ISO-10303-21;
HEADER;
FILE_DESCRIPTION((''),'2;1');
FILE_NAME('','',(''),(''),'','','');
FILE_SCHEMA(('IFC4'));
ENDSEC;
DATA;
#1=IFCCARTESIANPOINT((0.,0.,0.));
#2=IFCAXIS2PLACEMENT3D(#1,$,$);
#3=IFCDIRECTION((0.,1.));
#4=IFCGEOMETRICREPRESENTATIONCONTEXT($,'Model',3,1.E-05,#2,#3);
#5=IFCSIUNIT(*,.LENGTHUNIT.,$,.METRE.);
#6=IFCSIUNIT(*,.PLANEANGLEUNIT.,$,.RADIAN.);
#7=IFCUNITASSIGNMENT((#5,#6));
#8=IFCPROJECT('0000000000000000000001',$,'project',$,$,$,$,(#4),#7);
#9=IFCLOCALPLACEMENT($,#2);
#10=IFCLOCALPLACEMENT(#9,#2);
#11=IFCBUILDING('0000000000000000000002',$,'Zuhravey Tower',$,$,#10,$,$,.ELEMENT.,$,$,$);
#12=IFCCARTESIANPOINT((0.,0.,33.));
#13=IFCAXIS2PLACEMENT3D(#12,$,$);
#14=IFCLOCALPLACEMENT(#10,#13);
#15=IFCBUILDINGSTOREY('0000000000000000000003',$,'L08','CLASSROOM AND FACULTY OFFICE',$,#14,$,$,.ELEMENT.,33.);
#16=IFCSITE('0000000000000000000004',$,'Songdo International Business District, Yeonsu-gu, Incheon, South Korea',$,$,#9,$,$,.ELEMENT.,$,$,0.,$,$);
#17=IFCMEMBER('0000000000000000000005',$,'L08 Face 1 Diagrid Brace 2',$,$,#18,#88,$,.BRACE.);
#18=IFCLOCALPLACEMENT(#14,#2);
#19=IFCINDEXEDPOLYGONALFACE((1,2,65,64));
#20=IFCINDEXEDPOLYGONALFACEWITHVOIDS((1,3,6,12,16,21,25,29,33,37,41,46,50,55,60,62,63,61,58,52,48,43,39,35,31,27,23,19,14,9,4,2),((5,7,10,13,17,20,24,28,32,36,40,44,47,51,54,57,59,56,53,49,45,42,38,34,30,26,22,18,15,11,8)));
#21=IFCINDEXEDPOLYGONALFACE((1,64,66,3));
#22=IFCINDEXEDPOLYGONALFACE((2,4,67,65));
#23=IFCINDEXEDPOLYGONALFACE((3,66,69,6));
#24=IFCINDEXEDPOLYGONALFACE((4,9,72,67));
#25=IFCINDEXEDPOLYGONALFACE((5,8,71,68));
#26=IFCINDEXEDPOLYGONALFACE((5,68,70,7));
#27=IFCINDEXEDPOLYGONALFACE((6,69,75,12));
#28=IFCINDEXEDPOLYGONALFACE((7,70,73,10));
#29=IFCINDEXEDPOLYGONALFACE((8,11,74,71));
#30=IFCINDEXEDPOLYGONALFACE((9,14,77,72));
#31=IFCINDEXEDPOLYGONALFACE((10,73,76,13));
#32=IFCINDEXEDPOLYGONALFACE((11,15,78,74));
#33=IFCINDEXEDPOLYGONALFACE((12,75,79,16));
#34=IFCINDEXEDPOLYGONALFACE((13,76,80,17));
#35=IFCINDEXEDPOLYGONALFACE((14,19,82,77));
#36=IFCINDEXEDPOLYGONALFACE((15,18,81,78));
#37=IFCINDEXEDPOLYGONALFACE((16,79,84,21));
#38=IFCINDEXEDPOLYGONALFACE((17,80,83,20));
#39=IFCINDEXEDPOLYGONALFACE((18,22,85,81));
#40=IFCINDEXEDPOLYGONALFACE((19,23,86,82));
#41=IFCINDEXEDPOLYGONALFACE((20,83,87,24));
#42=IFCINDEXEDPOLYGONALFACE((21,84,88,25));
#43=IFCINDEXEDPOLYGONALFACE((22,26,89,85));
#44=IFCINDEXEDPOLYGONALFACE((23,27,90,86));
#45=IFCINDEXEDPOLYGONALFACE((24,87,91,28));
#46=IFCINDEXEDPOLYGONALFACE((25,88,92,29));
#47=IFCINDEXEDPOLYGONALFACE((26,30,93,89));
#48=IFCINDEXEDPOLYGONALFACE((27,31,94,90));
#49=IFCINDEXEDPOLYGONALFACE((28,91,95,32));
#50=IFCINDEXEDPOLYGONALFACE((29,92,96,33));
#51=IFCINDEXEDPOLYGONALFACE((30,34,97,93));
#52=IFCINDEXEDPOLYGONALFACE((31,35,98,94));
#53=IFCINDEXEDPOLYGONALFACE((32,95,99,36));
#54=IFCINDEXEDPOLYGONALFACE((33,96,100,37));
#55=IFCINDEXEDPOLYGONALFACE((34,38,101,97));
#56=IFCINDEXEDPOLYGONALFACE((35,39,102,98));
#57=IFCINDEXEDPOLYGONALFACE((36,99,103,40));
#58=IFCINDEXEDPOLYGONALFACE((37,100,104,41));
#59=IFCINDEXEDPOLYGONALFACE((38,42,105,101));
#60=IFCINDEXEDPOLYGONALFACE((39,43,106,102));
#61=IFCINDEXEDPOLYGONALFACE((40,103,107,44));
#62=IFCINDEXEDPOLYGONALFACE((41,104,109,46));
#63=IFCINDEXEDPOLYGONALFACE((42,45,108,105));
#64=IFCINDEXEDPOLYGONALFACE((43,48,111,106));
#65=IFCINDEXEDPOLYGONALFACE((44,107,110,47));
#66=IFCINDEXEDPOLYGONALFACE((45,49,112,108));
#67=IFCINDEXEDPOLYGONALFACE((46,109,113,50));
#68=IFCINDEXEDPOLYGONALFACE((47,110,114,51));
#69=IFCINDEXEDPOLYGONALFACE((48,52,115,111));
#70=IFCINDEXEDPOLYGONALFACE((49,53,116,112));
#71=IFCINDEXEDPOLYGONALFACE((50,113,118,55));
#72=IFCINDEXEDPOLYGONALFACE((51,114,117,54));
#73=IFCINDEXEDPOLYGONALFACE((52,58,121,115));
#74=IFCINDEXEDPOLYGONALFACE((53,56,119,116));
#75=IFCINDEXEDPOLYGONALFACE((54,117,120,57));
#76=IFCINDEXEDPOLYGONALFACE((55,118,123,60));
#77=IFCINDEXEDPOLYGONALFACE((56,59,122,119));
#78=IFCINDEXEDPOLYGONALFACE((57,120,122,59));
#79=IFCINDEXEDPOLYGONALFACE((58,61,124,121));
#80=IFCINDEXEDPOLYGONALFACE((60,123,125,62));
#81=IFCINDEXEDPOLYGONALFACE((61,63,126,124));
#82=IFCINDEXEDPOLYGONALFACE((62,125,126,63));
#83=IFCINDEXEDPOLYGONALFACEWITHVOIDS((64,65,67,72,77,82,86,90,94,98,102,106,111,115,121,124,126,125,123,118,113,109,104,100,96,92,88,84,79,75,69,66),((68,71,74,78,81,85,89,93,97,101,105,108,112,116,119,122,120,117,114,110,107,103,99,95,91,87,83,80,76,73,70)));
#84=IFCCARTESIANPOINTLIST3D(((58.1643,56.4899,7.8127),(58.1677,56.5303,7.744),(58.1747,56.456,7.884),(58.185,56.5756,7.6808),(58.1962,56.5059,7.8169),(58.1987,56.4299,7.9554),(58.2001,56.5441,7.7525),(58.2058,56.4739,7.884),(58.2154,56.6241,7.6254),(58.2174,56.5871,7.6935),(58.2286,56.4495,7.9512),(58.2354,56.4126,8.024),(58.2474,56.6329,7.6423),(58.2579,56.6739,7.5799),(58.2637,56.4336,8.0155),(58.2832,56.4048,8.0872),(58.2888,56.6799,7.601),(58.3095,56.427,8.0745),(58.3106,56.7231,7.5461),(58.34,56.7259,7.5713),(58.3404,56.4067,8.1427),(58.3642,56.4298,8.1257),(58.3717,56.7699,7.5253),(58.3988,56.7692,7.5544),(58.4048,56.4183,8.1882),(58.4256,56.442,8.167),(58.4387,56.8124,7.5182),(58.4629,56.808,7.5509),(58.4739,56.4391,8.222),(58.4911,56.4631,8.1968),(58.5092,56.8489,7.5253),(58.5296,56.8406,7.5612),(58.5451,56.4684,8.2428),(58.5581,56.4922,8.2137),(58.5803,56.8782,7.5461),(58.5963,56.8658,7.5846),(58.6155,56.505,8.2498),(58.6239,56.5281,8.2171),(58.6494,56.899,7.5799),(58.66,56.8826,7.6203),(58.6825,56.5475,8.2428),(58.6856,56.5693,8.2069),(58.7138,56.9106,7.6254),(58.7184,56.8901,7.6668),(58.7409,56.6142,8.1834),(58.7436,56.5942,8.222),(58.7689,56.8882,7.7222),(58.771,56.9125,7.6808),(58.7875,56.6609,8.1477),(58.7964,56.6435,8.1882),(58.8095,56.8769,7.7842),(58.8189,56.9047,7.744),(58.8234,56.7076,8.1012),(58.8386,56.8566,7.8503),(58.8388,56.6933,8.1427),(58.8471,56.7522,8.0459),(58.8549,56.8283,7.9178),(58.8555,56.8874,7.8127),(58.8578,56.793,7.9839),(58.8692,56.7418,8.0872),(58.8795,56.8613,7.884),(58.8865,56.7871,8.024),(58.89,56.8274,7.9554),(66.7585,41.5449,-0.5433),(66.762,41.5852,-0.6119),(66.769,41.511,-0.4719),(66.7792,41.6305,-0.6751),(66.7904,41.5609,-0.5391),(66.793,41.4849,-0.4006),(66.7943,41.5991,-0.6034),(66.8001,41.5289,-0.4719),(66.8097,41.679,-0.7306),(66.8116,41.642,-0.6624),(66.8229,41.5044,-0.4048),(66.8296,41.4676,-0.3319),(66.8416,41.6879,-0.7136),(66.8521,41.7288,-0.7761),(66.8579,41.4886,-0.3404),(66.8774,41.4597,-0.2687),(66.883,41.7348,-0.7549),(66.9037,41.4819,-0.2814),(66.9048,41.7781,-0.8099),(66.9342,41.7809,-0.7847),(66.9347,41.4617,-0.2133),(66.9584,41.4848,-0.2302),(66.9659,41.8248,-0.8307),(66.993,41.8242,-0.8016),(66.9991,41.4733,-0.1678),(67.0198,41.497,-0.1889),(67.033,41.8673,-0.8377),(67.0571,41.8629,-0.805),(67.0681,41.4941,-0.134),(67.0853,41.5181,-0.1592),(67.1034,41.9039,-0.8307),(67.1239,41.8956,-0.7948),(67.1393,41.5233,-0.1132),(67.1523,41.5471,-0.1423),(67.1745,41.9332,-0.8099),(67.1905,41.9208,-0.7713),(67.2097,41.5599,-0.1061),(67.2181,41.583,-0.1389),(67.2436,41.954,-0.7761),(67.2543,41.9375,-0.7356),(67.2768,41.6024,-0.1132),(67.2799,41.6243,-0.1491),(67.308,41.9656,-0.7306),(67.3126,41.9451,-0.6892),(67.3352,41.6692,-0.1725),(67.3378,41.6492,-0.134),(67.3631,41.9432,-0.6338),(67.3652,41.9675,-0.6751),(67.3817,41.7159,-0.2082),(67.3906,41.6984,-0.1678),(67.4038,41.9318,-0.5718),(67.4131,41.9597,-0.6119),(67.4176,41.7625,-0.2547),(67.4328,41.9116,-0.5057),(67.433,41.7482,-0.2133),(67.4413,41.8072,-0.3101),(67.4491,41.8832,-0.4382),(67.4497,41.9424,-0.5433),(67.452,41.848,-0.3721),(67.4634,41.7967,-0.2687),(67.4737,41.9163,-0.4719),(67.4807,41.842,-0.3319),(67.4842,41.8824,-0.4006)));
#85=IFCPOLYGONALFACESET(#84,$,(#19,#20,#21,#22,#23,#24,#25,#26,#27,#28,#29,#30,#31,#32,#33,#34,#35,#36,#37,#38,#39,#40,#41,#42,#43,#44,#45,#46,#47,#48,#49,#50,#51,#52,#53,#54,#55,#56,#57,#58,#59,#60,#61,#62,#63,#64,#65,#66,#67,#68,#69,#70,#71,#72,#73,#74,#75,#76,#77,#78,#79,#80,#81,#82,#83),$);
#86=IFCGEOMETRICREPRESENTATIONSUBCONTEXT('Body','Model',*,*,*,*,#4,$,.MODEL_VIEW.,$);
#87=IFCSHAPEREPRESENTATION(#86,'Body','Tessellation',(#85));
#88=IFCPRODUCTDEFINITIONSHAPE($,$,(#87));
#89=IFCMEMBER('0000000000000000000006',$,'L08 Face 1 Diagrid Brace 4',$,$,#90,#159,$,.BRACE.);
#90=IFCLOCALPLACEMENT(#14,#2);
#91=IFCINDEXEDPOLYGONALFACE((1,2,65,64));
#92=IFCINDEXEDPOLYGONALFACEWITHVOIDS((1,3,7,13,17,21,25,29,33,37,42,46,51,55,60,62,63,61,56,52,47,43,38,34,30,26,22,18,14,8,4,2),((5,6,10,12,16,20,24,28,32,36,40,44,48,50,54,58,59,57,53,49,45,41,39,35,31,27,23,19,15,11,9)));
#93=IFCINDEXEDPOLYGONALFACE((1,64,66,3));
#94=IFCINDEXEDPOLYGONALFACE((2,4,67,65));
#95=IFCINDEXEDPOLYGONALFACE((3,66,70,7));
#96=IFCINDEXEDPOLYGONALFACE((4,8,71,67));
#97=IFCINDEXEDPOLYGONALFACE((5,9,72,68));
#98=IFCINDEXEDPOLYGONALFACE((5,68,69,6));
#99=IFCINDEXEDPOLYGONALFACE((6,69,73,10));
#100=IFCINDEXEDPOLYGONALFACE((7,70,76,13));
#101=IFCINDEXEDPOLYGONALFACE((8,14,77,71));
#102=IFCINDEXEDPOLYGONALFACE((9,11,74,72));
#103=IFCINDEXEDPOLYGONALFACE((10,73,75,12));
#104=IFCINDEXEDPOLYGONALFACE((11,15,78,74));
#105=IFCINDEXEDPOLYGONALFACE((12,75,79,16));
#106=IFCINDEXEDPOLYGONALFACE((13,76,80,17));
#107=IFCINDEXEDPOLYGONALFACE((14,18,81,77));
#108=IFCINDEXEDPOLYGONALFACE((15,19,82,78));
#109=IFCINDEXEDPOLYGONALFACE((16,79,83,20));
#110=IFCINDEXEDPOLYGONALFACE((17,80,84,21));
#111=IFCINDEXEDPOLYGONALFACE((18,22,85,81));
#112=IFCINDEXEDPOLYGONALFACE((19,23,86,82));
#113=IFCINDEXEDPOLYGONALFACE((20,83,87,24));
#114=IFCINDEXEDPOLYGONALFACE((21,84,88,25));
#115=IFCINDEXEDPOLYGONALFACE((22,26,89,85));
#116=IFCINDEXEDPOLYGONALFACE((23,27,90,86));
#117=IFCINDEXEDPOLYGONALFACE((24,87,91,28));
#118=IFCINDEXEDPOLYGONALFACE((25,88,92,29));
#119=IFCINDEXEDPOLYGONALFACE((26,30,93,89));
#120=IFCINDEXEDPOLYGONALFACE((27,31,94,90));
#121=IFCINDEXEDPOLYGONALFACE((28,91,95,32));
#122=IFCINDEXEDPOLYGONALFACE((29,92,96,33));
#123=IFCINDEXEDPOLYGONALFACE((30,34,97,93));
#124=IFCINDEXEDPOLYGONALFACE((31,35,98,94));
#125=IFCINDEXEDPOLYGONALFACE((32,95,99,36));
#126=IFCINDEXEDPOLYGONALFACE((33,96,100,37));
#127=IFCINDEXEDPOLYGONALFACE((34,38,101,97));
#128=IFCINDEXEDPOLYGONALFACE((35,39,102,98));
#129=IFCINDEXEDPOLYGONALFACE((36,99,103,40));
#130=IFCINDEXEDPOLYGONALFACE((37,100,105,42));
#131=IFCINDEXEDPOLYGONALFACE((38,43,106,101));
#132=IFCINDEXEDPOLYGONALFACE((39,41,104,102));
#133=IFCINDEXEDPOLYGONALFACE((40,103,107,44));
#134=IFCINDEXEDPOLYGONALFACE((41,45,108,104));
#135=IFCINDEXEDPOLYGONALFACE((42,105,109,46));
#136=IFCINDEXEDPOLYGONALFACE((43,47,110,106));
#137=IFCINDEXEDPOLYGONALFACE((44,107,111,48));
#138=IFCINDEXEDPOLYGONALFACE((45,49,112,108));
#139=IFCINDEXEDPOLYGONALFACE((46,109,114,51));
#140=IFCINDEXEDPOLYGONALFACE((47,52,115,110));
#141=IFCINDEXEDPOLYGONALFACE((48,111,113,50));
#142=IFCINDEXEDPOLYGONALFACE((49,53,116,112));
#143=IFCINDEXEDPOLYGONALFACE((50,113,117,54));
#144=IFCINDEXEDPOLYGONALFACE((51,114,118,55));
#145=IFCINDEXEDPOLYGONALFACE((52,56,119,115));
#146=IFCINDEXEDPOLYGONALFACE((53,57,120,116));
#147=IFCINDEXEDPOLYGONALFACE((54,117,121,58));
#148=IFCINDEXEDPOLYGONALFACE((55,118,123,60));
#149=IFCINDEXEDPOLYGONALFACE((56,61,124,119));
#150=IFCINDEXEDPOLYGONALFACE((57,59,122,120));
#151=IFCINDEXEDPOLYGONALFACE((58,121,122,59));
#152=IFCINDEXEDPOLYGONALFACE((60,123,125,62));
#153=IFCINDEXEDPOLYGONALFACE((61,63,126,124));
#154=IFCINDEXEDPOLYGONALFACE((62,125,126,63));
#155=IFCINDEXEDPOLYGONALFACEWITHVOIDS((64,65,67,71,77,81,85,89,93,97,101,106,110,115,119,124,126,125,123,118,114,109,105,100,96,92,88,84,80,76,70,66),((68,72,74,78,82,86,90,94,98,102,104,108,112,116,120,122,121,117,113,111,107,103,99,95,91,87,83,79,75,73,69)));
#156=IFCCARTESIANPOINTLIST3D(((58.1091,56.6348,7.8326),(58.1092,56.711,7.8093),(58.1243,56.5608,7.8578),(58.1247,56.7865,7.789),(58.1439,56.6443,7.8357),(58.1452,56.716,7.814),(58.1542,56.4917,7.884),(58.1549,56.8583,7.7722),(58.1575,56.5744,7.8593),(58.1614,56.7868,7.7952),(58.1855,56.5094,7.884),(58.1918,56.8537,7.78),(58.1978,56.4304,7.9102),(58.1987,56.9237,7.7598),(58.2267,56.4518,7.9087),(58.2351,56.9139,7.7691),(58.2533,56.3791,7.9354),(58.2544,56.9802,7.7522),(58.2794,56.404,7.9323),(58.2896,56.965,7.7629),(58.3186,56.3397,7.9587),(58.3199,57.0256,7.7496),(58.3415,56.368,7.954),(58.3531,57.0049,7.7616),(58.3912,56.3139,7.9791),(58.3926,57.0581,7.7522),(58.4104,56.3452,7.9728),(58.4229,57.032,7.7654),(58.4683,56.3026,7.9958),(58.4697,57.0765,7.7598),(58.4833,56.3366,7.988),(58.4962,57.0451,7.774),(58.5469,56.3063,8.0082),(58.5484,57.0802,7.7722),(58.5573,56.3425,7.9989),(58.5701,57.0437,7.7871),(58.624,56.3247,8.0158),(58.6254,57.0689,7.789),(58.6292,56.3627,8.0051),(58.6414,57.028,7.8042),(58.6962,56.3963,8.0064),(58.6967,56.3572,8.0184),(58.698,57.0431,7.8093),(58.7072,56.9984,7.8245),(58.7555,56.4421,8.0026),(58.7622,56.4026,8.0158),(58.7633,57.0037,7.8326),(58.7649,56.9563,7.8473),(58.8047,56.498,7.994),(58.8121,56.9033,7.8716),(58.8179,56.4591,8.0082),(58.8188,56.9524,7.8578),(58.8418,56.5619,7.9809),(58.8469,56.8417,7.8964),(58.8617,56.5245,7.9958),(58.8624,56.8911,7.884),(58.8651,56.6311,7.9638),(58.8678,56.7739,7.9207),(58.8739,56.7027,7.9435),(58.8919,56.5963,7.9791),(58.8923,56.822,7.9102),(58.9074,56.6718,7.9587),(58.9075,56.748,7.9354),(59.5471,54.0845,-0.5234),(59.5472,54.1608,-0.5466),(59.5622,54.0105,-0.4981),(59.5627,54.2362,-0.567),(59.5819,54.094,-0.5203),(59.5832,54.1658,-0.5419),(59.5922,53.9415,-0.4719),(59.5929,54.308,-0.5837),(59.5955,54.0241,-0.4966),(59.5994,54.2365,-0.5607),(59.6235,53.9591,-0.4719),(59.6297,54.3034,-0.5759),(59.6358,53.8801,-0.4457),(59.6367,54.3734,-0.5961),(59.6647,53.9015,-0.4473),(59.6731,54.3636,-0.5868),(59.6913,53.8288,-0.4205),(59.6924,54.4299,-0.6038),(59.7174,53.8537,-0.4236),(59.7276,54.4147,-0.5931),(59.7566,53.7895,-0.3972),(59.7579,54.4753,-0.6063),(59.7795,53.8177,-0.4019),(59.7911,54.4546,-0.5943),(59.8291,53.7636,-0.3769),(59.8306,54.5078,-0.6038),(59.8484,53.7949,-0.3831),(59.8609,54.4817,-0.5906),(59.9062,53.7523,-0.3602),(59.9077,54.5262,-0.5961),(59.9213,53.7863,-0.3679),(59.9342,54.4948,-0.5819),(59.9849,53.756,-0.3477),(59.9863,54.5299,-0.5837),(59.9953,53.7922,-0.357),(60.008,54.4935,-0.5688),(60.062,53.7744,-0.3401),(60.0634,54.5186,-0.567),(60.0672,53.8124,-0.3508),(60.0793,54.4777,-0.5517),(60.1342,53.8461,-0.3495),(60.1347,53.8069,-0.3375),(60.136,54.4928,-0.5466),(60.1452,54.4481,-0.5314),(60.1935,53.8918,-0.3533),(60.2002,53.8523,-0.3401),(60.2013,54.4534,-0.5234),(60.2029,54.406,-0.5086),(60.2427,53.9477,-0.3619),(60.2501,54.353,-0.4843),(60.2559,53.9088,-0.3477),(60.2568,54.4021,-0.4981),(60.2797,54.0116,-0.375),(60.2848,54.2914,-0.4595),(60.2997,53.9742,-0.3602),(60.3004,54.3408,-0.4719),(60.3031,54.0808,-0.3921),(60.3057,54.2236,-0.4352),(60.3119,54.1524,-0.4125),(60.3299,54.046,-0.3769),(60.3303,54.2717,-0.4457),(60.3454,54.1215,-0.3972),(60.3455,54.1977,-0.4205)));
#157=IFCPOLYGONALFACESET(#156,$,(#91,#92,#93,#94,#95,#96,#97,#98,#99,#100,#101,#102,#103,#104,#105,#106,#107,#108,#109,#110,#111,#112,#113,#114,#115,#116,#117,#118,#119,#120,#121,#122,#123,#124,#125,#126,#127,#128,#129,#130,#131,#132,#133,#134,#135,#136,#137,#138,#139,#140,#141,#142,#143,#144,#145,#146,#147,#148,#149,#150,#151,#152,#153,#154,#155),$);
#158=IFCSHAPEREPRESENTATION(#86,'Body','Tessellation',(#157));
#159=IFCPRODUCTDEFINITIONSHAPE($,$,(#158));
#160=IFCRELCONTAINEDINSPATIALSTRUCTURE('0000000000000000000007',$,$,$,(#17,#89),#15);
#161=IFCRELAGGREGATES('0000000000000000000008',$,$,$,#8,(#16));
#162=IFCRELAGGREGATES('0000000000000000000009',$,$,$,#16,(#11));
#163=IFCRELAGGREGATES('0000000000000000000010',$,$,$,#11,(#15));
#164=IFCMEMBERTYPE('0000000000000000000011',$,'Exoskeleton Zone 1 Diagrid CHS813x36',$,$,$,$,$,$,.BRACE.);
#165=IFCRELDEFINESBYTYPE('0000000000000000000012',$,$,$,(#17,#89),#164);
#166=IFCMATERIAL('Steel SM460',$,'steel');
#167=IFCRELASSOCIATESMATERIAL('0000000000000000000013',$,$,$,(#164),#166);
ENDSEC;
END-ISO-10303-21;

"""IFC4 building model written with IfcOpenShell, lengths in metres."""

from ifc_helpers import new_model, si_unit, direction, frame, origin, origin_2d, place, context, subcontext, project, spatial, hollow_circle, extrude, material, material_profile, profile_set, type_object, element, save


model = new_model("IFC4")

# Units and contexts
model_context = context("Model", 3, precision=1e-05, world=origin(), true_north=direction((0.0, 1.0)))
body_context = subcontext(model_context, "Body", "Model", "MODEL_VIEW")
ifc_project = project(units=[si_unit("LENGTHUNIT", "METRE"), si_unit("PLANEANGLEUNIT", "RADIAN")], contexts=[model_context])

# Site, building, storey
site_placement = place(None, origin())
site = spatial("IfcSite", under=ifc_project, at=site_placement, Name="Songdo International Business District, Yeonsu-gu, Incheon, South Korea", CompositionType="ELEMENT", RefElevation=0.0)
building_placement = place(site_placement, origin())
building = spatial("IfcBuilding", under=site, at=building_placement, Name="Zuhravey Tower", CompositionType="ELEMENT")
storey_placement = place(building_placement, frame((0.0, 0.0, 33.0)))
storey = spatial("IfcBuildingStorey", under=building, at=storey_placement, Name="L08", Description="CLASSROOM AND FACULTY OFFICE", CompositionType="ELEMENT", Elevation=33.0)

# Members
ifc_material_1 = material(Name="Steel SM460", Category="steel")
ifc_material_profile_1 = material_profile(ifc_material_1, hollow_circle(Radius=0.4065, WallThickness=0.0359, at=origin_2d()), Name="CHS-812.8x36")
ifc_profile_set_1 = profile_set([ifc_material_profile_1], Name="Steel SM460")
member_type_1 = type_object("IfcMemberType", Name="Exoskeleton Zone 1 Diagrid CHS813x36", PredefinedType="BRACE", material=ifc_profile_set_1)
member_1_placement = place(storey_placement, frame((67.1213, 41.7136, -0.4719), z_axis=(-0.448592, 0.780086, 0.436155), x_axis=(-0.866886, -0.498507, 0.0)))
element("IfcMember", 1, at=member_1_placement, inside=storey, type_object=member_type_1, Name="L08 Face 1 Diagrid Brace 2", PredefinedType="BRACE", context=body_context, shape_type="SweptSolid", body=[
    extrude(hollow_circle(Radius=0.4065, WallThickness=0.0359, at=origin_2d()), origin(), (0.0, 0.0, 1.0), 19.1582),
])
member_2_placement = place(storey_placement, frame((59.9463, 54.1411, -0.4719), z_axis=(-0.162411, 0.288038, 0.943746), x_axis=(-0.871072, -0.491156, 0.0)))
element("IfcMember", 2, at=member_2_placement, inside=storey, type_object=member_type_1, Name="L08 Face 1 Diagrid Brace 4", PredefinedType="BRACE", context=body_context, shape_type="SweptSolid", body=[
    extrude(hollow_circle(Radius=0.4065, WallThickness=0.0359, at=origin_2d()), origin(), (0.0, 0.0, 1.0), 8.854),
])

save(model, "model.ifc")
